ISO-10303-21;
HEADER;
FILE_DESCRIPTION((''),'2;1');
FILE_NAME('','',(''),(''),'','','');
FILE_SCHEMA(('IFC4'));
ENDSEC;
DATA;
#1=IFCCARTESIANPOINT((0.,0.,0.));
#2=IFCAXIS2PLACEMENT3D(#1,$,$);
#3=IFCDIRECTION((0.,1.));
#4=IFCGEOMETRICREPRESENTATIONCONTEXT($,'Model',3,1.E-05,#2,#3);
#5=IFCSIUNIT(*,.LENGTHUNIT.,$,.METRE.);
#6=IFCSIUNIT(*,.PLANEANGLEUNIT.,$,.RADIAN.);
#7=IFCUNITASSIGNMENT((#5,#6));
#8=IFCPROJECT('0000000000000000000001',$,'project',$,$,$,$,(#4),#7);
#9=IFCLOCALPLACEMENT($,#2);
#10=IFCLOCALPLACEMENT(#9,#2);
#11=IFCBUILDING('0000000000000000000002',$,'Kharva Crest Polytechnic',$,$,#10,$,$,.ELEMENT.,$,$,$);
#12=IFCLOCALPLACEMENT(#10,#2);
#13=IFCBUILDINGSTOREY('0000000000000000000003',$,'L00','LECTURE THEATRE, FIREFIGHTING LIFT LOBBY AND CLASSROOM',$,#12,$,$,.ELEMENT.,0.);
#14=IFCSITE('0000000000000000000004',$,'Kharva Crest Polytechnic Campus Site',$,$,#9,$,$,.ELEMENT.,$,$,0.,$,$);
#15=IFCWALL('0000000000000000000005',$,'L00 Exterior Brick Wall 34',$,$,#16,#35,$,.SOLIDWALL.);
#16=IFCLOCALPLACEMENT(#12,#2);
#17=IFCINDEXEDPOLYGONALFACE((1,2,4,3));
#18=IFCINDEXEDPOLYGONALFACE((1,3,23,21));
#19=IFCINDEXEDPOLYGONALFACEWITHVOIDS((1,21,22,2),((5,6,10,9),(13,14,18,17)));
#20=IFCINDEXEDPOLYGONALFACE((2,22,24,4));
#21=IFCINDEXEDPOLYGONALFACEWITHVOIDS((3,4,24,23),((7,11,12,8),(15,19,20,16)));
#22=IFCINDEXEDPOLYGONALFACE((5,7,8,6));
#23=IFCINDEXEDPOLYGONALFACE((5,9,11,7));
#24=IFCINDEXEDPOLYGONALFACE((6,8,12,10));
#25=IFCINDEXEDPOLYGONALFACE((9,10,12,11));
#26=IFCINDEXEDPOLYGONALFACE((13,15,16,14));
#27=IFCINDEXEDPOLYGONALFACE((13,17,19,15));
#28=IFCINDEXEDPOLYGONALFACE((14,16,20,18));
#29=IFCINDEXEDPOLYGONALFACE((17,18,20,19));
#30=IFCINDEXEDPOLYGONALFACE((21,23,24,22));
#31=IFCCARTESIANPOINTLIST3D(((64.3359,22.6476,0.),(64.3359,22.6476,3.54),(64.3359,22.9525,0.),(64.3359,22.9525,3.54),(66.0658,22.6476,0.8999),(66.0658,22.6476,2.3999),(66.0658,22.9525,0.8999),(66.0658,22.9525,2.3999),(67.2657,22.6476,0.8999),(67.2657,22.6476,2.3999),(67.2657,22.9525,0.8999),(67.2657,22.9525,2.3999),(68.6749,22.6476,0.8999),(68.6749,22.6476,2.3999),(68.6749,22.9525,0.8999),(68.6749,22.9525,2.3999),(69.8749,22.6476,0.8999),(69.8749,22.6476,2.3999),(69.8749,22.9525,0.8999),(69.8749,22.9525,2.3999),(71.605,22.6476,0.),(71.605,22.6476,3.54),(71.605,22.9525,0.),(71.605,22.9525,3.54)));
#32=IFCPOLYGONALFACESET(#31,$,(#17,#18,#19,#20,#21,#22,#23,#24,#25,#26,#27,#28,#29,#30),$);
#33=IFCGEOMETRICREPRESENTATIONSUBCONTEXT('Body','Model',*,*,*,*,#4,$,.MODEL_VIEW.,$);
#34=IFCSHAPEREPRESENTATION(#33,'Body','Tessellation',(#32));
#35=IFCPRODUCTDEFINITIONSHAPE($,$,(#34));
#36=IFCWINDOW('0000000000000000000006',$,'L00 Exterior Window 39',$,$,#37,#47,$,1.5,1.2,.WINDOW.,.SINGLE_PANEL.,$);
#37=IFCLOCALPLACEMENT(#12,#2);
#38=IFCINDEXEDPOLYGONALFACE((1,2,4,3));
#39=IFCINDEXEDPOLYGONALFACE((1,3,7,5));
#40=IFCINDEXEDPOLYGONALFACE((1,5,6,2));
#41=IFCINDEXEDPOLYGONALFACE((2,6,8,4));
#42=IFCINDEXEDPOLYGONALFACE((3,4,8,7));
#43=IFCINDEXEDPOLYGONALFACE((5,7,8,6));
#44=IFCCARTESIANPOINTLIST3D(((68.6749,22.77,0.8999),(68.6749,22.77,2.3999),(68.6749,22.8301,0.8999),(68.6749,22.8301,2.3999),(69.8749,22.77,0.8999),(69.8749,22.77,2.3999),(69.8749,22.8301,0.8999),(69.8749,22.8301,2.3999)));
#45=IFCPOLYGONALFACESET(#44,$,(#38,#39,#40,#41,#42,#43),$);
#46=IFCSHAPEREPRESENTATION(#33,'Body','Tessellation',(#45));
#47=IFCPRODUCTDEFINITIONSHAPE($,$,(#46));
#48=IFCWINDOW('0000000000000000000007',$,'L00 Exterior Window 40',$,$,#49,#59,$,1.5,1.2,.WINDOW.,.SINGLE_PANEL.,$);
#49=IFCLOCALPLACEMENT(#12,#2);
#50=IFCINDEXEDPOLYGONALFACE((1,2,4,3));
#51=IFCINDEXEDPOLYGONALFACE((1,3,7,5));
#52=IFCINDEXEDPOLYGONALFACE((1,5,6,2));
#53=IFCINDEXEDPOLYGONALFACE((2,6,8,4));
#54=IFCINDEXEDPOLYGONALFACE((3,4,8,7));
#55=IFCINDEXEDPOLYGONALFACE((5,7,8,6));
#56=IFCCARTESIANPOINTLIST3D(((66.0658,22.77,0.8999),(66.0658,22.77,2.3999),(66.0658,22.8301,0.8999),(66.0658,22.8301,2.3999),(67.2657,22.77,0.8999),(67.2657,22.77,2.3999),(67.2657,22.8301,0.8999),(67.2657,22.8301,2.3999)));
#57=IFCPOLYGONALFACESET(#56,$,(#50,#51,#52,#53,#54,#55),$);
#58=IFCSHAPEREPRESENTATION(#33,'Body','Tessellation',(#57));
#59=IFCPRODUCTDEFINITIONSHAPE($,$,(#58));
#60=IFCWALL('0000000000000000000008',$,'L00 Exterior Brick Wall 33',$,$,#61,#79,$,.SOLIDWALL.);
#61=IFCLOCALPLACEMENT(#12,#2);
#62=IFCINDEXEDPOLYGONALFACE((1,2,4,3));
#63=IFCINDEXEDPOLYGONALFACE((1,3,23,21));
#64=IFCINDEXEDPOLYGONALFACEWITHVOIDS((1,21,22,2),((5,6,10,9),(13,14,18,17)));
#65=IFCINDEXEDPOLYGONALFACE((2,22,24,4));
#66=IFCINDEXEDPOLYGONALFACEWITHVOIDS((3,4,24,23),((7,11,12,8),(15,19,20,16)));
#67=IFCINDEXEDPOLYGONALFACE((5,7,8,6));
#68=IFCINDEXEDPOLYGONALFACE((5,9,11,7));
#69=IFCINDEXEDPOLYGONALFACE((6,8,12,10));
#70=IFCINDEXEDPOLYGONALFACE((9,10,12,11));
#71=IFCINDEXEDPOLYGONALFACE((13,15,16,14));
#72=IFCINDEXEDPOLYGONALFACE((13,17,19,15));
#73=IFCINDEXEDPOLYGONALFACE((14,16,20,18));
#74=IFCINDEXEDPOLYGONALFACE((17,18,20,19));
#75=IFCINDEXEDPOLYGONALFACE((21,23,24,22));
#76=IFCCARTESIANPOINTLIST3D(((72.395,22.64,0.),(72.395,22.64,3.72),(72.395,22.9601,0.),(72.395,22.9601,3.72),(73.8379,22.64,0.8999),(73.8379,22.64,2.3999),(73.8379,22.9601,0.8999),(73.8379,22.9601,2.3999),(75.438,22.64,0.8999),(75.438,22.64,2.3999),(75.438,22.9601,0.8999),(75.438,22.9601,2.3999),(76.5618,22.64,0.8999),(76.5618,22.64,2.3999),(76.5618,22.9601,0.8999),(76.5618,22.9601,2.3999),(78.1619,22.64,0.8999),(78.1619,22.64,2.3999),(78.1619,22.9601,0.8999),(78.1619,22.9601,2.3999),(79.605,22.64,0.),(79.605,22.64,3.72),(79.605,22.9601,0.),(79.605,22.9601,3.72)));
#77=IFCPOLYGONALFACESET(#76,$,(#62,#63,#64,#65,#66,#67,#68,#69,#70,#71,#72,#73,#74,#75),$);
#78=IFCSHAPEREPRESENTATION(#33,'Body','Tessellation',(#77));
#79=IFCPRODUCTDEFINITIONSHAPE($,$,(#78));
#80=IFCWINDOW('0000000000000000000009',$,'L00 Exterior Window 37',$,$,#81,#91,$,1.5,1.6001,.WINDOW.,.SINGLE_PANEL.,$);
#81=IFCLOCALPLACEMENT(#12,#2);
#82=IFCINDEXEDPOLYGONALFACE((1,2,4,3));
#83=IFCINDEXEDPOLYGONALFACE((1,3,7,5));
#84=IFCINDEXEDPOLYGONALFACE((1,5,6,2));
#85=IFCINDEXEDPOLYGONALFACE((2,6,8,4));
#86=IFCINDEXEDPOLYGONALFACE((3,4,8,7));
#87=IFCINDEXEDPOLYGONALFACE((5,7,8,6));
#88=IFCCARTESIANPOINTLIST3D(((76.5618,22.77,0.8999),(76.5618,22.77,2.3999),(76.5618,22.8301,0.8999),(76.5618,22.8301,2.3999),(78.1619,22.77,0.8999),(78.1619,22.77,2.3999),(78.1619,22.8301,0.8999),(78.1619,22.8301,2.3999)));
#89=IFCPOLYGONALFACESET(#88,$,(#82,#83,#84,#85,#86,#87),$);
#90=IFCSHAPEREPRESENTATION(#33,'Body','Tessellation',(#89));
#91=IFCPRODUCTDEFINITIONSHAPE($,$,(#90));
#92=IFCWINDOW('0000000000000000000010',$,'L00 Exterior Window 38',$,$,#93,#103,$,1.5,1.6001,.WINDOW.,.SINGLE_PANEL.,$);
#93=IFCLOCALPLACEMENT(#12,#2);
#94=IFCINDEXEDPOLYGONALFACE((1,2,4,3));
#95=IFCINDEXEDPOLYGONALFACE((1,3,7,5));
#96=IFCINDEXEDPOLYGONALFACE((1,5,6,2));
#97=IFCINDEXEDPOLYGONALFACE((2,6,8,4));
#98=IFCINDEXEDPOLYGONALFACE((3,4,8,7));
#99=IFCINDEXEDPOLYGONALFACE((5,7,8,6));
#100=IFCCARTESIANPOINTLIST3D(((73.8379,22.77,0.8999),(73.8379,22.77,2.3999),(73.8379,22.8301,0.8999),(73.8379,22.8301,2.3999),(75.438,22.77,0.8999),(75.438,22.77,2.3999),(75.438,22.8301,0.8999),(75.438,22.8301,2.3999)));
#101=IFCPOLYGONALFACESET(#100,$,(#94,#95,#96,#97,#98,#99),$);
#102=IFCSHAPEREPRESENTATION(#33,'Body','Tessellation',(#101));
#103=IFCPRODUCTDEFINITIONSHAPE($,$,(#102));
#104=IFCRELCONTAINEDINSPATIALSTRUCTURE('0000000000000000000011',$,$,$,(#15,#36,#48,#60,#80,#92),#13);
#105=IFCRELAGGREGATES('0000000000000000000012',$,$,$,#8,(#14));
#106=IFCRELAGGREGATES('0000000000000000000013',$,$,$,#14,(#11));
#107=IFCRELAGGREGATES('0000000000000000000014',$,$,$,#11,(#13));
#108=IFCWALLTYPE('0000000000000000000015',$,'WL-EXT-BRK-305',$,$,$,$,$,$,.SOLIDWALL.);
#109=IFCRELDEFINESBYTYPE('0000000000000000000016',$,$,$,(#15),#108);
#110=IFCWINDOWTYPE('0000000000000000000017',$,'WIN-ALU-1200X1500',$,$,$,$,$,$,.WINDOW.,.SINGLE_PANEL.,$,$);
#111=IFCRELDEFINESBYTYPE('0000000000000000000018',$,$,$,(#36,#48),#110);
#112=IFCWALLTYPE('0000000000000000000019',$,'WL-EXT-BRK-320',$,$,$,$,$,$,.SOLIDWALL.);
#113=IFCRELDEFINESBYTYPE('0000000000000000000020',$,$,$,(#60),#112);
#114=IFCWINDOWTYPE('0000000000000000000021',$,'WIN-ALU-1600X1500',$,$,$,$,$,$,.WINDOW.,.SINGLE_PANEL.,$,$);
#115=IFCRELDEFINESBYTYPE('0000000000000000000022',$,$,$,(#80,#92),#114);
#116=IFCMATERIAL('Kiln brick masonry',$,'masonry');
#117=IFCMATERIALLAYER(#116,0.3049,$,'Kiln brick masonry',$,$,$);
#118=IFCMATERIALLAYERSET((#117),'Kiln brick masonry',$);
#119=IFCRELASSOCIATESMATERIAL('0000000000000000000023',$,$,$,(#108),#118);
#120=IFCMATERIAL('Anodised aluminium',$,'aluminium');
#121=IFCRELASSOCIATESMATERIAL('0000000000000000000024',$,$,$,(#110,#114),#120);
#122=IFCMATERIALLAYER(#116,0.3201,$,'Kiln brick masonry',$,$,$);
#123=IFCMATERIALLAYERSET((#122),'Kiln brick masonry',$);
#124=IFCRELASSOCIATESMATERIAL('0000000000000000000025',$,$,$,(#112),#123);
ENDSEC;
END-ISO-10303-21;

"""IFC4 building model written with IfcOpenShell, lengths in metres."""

from ifc_helpers import new_model, si_unit, direction, frame, frame_2d, origin, place, context, subcontext, project, spatial, rectangle, extrude, material, layer, layer_set, type_object, element, fill, save


model = new_model("IFC4")

# Units and contexts
model_context = context("Model", 3, precision=1e-05, world=origin(), true_north=direction((0.0, 1.0)))
body_context = subcontext(model_context, "Body", "Model", "MODEL_VIEW")
ifc_project = project(units=[si_unit("LENGTHUNIT", "METRE"), si_unit("PLANEANGLEUNIT", "RADIAN")], contexts=[model_context])

# Site, building, storey
site_placement = place(None, origin())
site = spatial("IfcSite", under=ifc_project, at=site_placement, Name="Kharva Crest Polytechnic Campus Site", CompositionType="ELEMENT", RefElevation=0.0)
building_placement = place(site_placement, origin())
building = spatial("IfcBuilding", under=site, at=building_placement, Name="Kharva Crest Polytechnic", CompositionType="ELEMENT")
storey_placement = place(building_placement, origin())
storey = spatial("IfcBuildingStorey", under=building, at=storey_placement, Name="L00", Description="LECTURE THEATRE, FIREFIGHTING LIFT LOBBY AND CLASSROOM", CompositionType="ELEMENT", Elevation=0.0)

# Walls, openings, windows
ifc_material_1 = material(Name="Kiln brick masonry", Category="masonry")
ifc_layer_1 = layer(ifc_material_1, 0.3049, Name="Kiln brick masonry")
ifc_layer_set_1 = layer_set([ifc_layer_1], Name="Kiln brick masonry")
wall_type_1 = type_object("IfcWallType", Name="WL-EXT-BRK-305", PredefinedType="SOLIDWALL", material=ifc_layer_set_1)
wall_1_placement = place(storey_placement, frame((71.605, 22.8, 0.0), z_axis=(0.0, 0.0, 1.0), x_axis=(-1.0, 0.0, 0.0)))
wall_1 = element("IfcWall", 1, at=wall_1_placement, inside=storey, type_object=wall_type_1, Name="L00 Exterior Brick Wall 34", PredefinedType="SOLIDWALL", context=body_context, shape_type="SweptSolid", body=[
    extrude(rectangle(XDim=7.269, YDim=0.3049, at=frame_2d((3.6345, 0.0))), origin(), (0.0, 0.0, 1.0), 3.54),
])
opening_1_placement = place(wall_1_placement, frame((1.73, 0.0, 0.8999)))
opening_1 = element("IfcOpeningElement", 2, at=opening_1_placement, cuts=wall_1, PredefinedType="OPENING", context=body_context, shape_type="SweptSolid", body=[
    extrude(rectangle(XDim=1.2, YDim=1.5, at=frame_2d((0.6001, 0.75))), frame((0.0, 0.1624, 0.0), z_axis=(0.0, -1.0, 0.0), x_axis=(1.0, 0.0, 0.0)), (0.0, 0.0, 1.0), 0.325),
])
opening_2_placement = place(wall_1_placement, frame((4.3391, 0.0, 0.8999)))
opening_2 = element("IfcOpeningElement", 3, at=opening_2_placement, cuts=wall_1, PredefinedType="OPENING", context=body_context, shape_type="SweptSolid", body=[
    extrude(rectangle(XDim=1.2, YDim=1.5, at=frame_2d((0.6001, 0.75))), frame((0.0, 0.1624, 0.0), z_axis=(0.0, -1.0, 0.0), x_axis=(1.0, 0.0, 0.0)), (0.0, 0.0, 1.0), 0.325),
])
ifc_material_2 = material(Name="Anodised aluminium", Category="aluminium")
window_type_1 = type_object("IfcWindowType", Name="WIN-ALU-1200X1500", PartitioningType="SINGLE_PANEL", PredefinedType="WINDOW", material=ifc_material_2)
window_1_placement = place(opening_1_placement, origin())
window_1 = element("IfcWindow", 4, at=window_1_placement, inside=storey, type_object=window_type_1, Name="L00 Exterior Window 39", OverallHeight=1.5, OverallWidth=1.2, PartitioningType="SINGLE_PANEL", PredefinedType="WINDOW", context=body_context, shape_type="SweptSolid", body=[
    extrude(rectangle(XDim=1.2, YDim=1.5, at=frame_2d((0.6001, 0.75))), frame((0.0, 0.03, 0.0), z_axis=(0.0, -1.0, 0.0), x_axis=(1.0, 0.0, 0.0)), (0.0, 0.0, 1.0), 0.0601),
])
fill(opening_1, window_1)
window_2_placement = place(opening_2_placement, origin())
window_2 = element("IfcWindow", 5, at=window_2_placement, inside=storey, type_object=window_type_1, Name="L00 Exterior Window 40", OverallHeight=1.5, OverallWidth=1.2, PartitioningType="SINGLE_PANEL", PredefinedType="WINDOW", context=body_context, shape_type="SweptSolid", body=[
    extrude(rectangle(XDim=1.2, YDim=1.5, at=frame_2d((0.6001, 0.75))), frame((0.0, 0.03, 0.0), z_axis=(0.0, -1.0, 0.0), x_axis=(1.0, 0.0, 0.0)), (0.0, 0.0, 1.0), 0.0601),
])
fill(opening_2, window_2)
ifc_layer_2 = layer(ifc_material_1, 0.3201, Name="Kiln brick masonry")
ifc_layer_set_2 = layer_set([ifc_layer_2], Name="Kiln brick masonry")
wall_type_2 = type_object("IfcWallType", Name="WL-EXT-BRK-320", PredefinedType="SOLIDWALL", material=ifc_layer_set_2)
wall_2_placement = place(storey_placement, frame((79.605, 22.8, 0.0), z_axis=(0.0, 0.0, 1.0), x_axis=(-1.0, 0.0, 0.0)))
wall_2 = element("IfcWall", 6, at=wall_2_placement, inside=storey, type_object=wall_type_2, Name="L00 Exterior Brick Wall 33", PredefinedType="SOLIDWALL", context=body_context, shape_type="SweptSolid", body=[
    extrude(rectangle(XDim=7.21, YDim=0.3201, at=frame_2d((3.605, 0.0))), origin(), (0.0, 0.0, 1.0), 3.72),
])
opening_3_placement = place(wall_2_placement, frame((1.4431, 0.0, 0.8999)))
opening_3 = element("IfcOpeningElement", 7, at=opening_3_placement, cuts=wall_2, PredefinedType="OPENING", context=body_context, shape_type="SweptSolid", body=[
    extrude(rectangle(XDim=1.6001, YDim=1.5, at=frame_2d((0.8, 0.75))), frame((0.0, 0.1699, 0.0), z_axis=(0.0, -1.0, 0.0), x_axis=(1.0, 0.0, 0.0)), (0.0, 0.0, 1.0), 0.3401),
])
opening_4_placement = place(wall_2_placement, frame((4.167, 0.0, 0.8999)))
opening_4 = element("IfcOpeningElement", 8, at=opening_4_placement, cuts=wall_2, PredefinedType="OPENING", context=body_context, shape_type="SweptSolid", body=[
    extrude(rectangle(XDim=1.6001, YDim=1.5, at=frame_2d((0.8, 0.75))), frame((0.0, 0.1699, 0.0), z_axis=(0.0, -1.0, 0.0), x_axis=(1.0, 0.0, 0.0)), (0.0, 0.0, 1.0), 0.3401),
])
window_type_2 = type_object("IfcWindowType", Name="WIN-ALU-1600X1500", PartitioningType="SINGLE_PANEL", PredefinedType="WINDOW", material=ifc_material_2)
window_3_placement = place(opening_3_placement, origin())
window_3 = element("IfcWindow", 9, at=window_3_placement, inside=storey, type_object=window_type_2, Name="L00 Exterior Window 37", OverallHeight=1.5, OverallWidth=1.6001, PartitioningType="SINGLE_PANEL", PredefinedType="WINDOW", context=body_context, shape_type="SweptSolid", body=[
    extrude(rectangle(XDim=1.6001, YDim=1.5, at=frame_2d((0.8, 0.75))), frame((0.0, 0.03, 0.0), z_axis=(0.0, -1.0, 0.0), x_axis=(1.0, 0.0, 0.0)), (0.0, 0.0, 1.0), 0.0601),
])
fill(opening_3, window_3)
window_4_placement = place(opening_4_placement, origin())
window_4 = element("IfcWindow", 10, at=window_4_placement, inside=storey, type_object=window_type_2, Name="L00 Exterior Window 38", OverallHeight=1.5, OverallWidth=1.6001, PartitioningType="SINGLE_PANEL", PredefinedType="WINDOW", context=body_context, shape_type="SweptSolid", body=[
    extrude(rectangle(XDim=1.6001, YDim=1.5, at=frame_2d((0.8, 0.75))), frame((0.0, 0.03, 0.0), z_axis=(0.0, -1.0, 0.0), x_axis=(1.0, 0.0, 0.0)), (0.0, 0.0, 1.0), 0.0601),
])
fill(opening_4, window_4)

save(model, "model.ifc")
